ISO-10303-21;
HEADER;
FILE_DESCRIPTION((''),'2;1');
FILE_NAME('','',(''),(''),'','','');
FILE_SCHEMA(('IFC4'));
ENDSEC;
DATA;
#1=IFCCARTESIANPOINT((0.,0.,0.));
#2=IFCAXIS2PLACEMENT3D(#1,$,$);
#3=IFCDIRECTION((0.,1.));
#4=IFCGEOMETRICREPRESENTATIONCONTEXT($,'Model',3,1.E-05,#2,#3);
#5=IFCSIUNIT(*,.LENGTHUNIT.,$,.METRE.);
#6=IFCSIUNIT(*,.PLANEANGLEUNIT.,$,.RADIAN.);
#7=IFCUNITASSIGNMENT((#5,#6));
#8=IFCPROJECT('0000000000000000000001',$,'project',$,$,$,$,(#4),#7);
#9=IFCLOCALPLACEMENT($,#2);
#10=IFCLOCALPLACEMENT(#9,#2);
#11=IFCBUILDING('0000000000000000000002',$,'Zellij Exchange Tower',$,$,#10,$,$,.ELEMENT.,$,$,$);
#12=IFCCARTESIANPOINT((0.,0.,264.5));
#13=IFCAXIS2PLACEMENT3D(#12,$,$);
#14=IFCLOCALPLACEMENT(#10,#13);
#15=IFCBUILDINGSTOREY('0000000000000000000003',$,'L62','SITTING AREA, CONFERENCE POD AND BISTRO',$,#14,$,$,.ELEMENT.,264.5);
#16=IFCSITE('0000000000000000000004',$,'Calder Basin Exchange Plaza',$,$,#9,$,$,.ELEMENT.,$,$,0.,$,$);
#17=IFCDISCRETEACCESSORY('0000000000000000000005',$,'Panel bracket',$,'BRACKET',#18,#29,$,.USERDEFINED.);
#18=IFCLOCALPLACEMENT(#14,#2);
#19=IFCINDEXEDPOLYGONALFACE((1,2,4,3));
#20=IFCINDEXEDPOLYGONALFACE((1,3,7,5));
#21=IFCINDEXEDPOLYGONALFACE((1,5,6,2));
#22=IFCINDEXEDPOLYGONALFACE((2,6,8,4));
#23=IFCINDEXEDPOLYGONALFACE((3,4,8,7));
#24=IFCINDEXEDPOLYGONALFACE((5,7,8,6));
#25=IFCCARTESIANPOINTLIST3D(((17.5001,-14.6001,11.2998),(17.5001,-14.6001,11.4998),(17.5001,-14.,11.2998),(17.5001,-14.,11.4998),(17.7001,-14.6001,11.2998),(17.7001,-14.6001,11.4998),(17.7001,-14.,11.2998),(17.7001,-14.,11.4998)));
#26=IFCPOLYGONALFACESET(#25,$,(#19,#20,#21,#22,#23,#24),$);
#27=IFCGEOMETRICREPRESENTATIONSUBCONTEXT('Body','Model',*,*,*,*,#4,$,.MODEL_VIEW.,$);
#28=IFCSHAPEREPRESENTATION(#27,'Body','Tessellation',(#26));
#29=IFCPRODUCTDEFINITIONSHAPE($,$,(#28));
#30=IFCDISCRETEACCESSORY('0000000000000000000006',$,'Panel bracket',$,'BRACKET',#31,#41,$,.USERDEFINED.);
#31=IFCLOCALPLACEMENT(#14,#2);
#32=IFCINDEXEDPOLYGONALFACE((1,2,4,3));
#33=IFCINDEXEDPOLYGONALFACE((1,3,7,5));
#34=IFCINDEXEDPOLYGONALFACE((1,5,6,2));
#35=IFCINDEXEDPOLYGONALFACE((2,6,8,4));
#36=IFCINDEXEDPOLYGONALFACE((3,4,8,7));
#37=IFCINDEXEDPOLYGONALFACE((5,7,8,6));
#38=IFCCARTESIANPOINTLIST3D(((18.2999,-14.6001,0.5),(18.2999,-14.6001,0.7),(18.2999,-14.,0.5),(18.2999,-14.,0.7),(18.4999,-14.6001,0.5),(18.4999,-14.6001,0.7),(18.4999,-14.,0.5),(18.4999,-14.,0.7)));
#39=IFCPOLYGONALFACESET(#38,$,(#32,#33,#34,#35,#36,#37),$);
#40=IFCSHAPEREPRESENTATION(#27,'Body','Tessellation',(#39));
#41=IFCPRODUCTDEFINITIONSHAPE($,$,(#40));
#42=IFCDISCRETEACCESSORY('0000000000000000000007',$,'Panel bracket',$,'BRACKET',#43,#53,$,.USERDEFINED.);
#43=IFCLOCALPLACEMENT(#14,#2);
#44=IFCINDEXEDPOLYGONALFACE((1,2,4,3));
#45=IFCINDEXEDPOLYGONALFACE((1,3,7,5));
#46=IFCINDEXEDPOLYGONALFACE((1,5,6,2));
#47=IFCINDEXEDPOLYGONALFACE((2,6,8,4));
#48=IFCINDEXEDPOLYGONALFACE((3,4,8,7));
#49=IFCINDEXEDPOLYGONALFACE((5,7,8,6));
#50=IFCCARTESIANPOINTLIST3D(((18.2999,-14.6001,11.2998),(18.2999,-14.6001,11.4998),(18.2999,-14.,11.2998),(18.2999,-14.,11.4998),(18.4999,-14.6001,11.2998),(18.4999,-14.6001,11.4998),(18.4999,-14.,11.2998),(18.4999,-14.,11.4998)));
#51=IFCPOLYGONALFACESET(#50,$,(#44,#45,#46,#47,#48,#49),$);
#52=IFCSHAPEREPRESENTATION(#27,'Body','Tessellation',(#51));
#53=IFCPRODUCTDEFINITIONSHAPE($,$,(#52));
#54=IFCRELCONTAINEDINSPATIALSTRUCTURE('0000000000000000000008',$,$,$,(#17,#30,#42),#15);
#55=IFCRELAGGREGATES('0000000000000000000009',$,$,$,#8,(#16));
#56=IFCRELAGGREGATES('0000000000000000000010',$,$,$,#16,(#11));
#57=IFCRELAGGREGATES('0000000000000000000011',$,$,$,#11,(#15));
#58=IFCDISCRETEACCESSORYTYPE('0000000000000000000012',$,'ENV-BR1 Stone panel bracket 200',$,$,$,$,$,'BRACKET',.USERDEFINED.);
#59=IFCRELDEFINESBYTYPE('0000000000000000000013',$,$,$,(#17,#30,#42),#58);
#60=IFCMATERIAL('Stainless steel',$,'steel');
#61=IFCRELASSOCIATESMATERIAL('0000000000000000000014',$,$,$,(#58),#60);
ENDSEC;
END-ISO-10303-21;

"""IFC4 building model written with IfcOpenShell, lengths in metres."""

from ifc_helpers import new_model, si_unit, direction, frame, origin, origin_2d, place, context, subcontext, project, spatial, rectangle, extrude, material, type_object, element, save


model = new_model("IFC4")

# Units and contexts
model_context = context("Model", 3, precision=1e-05, world=origin(), true_north=direction((0.0, 1.0)))
body_context = subcontext(model_context, "Body", "Model", "MODEL_VIEW")
ifc_project = project(units=[si_unit("LENGTHUNIT", "METRE"), si_unit("PLANEANGLEUNIT", "RADIAN")], contexts=[model_context])

# Site, building, storey
site_placement = place(None, origin())
site = spatial("IfcSite", under=ifc_project, at=site_placement, Name="Calder Basin Exchange Plaza", CompositionType="ELEMENT", RefElevation=0.0)
building_placement = place(site_placement, origin())
building = spatial("IfcBuilding", under=site, at=building_placement, Name="Zellij Exchange Tower", CompositionType="ELEMENT")
storey_placement = place(building_placement, frame((0.0, 0.0, 264.5)))
storey = spatial("IfcBuildingStorey", under=building, at=storey_placement, Name="L62", Description="SITTING AREA, CONFERENCE POD AND BISTRO", CompositionType="ELEMENT", Elevation=264.5)

# Shared definitions
ifc_material_1 = material(Name="Stainless steel", Category="steel")

# Discrete accessories
discrete_accessory_type = type_object("IfcDiscreteAccessoryType", Name="ENV-BR1 Stone panel bracket 200", ElementType="BRACKET", PredefinedType="USERDEFINED", material=ifc_material_1)
for number, where, z_axis, x_axis, name in (
    (1, (17.6001, -14.3, 11.2998), (0.0, 0.0, 1.0), (1.0, 0.0, 0.0), "Panel bracket"),
    (2, (18.3999, -14.3, 0.5), (0.0, 0.0, 1.0), (1.0, 0.0, 0.0), "Panel bracket"),
    (3, (18.3999, -14.3, 11.2998), (0.0, 0.0, 1.0), (1.0, 0.0, 0.0), "Panel bracket"),
):
    element("IfcDiscreteAccessory", number, at=place(storey_placement, frame(where, z_axis=z_axis, x_axis=x_axis)), inside=storey, type_object=discrete_accessory_type, Name=name, ObjectType="BRACKET", PredefinedType="USERDEFINED", context=body_context, shape_type="SweptSolid", body=[
        extrude(rectangle(XDim=0.2, YDim=0.6001, at=origin_2d()), origin(), (0.0, 0.0, 1.0), 0.2),
    ])

save(model, "model.ifc")
